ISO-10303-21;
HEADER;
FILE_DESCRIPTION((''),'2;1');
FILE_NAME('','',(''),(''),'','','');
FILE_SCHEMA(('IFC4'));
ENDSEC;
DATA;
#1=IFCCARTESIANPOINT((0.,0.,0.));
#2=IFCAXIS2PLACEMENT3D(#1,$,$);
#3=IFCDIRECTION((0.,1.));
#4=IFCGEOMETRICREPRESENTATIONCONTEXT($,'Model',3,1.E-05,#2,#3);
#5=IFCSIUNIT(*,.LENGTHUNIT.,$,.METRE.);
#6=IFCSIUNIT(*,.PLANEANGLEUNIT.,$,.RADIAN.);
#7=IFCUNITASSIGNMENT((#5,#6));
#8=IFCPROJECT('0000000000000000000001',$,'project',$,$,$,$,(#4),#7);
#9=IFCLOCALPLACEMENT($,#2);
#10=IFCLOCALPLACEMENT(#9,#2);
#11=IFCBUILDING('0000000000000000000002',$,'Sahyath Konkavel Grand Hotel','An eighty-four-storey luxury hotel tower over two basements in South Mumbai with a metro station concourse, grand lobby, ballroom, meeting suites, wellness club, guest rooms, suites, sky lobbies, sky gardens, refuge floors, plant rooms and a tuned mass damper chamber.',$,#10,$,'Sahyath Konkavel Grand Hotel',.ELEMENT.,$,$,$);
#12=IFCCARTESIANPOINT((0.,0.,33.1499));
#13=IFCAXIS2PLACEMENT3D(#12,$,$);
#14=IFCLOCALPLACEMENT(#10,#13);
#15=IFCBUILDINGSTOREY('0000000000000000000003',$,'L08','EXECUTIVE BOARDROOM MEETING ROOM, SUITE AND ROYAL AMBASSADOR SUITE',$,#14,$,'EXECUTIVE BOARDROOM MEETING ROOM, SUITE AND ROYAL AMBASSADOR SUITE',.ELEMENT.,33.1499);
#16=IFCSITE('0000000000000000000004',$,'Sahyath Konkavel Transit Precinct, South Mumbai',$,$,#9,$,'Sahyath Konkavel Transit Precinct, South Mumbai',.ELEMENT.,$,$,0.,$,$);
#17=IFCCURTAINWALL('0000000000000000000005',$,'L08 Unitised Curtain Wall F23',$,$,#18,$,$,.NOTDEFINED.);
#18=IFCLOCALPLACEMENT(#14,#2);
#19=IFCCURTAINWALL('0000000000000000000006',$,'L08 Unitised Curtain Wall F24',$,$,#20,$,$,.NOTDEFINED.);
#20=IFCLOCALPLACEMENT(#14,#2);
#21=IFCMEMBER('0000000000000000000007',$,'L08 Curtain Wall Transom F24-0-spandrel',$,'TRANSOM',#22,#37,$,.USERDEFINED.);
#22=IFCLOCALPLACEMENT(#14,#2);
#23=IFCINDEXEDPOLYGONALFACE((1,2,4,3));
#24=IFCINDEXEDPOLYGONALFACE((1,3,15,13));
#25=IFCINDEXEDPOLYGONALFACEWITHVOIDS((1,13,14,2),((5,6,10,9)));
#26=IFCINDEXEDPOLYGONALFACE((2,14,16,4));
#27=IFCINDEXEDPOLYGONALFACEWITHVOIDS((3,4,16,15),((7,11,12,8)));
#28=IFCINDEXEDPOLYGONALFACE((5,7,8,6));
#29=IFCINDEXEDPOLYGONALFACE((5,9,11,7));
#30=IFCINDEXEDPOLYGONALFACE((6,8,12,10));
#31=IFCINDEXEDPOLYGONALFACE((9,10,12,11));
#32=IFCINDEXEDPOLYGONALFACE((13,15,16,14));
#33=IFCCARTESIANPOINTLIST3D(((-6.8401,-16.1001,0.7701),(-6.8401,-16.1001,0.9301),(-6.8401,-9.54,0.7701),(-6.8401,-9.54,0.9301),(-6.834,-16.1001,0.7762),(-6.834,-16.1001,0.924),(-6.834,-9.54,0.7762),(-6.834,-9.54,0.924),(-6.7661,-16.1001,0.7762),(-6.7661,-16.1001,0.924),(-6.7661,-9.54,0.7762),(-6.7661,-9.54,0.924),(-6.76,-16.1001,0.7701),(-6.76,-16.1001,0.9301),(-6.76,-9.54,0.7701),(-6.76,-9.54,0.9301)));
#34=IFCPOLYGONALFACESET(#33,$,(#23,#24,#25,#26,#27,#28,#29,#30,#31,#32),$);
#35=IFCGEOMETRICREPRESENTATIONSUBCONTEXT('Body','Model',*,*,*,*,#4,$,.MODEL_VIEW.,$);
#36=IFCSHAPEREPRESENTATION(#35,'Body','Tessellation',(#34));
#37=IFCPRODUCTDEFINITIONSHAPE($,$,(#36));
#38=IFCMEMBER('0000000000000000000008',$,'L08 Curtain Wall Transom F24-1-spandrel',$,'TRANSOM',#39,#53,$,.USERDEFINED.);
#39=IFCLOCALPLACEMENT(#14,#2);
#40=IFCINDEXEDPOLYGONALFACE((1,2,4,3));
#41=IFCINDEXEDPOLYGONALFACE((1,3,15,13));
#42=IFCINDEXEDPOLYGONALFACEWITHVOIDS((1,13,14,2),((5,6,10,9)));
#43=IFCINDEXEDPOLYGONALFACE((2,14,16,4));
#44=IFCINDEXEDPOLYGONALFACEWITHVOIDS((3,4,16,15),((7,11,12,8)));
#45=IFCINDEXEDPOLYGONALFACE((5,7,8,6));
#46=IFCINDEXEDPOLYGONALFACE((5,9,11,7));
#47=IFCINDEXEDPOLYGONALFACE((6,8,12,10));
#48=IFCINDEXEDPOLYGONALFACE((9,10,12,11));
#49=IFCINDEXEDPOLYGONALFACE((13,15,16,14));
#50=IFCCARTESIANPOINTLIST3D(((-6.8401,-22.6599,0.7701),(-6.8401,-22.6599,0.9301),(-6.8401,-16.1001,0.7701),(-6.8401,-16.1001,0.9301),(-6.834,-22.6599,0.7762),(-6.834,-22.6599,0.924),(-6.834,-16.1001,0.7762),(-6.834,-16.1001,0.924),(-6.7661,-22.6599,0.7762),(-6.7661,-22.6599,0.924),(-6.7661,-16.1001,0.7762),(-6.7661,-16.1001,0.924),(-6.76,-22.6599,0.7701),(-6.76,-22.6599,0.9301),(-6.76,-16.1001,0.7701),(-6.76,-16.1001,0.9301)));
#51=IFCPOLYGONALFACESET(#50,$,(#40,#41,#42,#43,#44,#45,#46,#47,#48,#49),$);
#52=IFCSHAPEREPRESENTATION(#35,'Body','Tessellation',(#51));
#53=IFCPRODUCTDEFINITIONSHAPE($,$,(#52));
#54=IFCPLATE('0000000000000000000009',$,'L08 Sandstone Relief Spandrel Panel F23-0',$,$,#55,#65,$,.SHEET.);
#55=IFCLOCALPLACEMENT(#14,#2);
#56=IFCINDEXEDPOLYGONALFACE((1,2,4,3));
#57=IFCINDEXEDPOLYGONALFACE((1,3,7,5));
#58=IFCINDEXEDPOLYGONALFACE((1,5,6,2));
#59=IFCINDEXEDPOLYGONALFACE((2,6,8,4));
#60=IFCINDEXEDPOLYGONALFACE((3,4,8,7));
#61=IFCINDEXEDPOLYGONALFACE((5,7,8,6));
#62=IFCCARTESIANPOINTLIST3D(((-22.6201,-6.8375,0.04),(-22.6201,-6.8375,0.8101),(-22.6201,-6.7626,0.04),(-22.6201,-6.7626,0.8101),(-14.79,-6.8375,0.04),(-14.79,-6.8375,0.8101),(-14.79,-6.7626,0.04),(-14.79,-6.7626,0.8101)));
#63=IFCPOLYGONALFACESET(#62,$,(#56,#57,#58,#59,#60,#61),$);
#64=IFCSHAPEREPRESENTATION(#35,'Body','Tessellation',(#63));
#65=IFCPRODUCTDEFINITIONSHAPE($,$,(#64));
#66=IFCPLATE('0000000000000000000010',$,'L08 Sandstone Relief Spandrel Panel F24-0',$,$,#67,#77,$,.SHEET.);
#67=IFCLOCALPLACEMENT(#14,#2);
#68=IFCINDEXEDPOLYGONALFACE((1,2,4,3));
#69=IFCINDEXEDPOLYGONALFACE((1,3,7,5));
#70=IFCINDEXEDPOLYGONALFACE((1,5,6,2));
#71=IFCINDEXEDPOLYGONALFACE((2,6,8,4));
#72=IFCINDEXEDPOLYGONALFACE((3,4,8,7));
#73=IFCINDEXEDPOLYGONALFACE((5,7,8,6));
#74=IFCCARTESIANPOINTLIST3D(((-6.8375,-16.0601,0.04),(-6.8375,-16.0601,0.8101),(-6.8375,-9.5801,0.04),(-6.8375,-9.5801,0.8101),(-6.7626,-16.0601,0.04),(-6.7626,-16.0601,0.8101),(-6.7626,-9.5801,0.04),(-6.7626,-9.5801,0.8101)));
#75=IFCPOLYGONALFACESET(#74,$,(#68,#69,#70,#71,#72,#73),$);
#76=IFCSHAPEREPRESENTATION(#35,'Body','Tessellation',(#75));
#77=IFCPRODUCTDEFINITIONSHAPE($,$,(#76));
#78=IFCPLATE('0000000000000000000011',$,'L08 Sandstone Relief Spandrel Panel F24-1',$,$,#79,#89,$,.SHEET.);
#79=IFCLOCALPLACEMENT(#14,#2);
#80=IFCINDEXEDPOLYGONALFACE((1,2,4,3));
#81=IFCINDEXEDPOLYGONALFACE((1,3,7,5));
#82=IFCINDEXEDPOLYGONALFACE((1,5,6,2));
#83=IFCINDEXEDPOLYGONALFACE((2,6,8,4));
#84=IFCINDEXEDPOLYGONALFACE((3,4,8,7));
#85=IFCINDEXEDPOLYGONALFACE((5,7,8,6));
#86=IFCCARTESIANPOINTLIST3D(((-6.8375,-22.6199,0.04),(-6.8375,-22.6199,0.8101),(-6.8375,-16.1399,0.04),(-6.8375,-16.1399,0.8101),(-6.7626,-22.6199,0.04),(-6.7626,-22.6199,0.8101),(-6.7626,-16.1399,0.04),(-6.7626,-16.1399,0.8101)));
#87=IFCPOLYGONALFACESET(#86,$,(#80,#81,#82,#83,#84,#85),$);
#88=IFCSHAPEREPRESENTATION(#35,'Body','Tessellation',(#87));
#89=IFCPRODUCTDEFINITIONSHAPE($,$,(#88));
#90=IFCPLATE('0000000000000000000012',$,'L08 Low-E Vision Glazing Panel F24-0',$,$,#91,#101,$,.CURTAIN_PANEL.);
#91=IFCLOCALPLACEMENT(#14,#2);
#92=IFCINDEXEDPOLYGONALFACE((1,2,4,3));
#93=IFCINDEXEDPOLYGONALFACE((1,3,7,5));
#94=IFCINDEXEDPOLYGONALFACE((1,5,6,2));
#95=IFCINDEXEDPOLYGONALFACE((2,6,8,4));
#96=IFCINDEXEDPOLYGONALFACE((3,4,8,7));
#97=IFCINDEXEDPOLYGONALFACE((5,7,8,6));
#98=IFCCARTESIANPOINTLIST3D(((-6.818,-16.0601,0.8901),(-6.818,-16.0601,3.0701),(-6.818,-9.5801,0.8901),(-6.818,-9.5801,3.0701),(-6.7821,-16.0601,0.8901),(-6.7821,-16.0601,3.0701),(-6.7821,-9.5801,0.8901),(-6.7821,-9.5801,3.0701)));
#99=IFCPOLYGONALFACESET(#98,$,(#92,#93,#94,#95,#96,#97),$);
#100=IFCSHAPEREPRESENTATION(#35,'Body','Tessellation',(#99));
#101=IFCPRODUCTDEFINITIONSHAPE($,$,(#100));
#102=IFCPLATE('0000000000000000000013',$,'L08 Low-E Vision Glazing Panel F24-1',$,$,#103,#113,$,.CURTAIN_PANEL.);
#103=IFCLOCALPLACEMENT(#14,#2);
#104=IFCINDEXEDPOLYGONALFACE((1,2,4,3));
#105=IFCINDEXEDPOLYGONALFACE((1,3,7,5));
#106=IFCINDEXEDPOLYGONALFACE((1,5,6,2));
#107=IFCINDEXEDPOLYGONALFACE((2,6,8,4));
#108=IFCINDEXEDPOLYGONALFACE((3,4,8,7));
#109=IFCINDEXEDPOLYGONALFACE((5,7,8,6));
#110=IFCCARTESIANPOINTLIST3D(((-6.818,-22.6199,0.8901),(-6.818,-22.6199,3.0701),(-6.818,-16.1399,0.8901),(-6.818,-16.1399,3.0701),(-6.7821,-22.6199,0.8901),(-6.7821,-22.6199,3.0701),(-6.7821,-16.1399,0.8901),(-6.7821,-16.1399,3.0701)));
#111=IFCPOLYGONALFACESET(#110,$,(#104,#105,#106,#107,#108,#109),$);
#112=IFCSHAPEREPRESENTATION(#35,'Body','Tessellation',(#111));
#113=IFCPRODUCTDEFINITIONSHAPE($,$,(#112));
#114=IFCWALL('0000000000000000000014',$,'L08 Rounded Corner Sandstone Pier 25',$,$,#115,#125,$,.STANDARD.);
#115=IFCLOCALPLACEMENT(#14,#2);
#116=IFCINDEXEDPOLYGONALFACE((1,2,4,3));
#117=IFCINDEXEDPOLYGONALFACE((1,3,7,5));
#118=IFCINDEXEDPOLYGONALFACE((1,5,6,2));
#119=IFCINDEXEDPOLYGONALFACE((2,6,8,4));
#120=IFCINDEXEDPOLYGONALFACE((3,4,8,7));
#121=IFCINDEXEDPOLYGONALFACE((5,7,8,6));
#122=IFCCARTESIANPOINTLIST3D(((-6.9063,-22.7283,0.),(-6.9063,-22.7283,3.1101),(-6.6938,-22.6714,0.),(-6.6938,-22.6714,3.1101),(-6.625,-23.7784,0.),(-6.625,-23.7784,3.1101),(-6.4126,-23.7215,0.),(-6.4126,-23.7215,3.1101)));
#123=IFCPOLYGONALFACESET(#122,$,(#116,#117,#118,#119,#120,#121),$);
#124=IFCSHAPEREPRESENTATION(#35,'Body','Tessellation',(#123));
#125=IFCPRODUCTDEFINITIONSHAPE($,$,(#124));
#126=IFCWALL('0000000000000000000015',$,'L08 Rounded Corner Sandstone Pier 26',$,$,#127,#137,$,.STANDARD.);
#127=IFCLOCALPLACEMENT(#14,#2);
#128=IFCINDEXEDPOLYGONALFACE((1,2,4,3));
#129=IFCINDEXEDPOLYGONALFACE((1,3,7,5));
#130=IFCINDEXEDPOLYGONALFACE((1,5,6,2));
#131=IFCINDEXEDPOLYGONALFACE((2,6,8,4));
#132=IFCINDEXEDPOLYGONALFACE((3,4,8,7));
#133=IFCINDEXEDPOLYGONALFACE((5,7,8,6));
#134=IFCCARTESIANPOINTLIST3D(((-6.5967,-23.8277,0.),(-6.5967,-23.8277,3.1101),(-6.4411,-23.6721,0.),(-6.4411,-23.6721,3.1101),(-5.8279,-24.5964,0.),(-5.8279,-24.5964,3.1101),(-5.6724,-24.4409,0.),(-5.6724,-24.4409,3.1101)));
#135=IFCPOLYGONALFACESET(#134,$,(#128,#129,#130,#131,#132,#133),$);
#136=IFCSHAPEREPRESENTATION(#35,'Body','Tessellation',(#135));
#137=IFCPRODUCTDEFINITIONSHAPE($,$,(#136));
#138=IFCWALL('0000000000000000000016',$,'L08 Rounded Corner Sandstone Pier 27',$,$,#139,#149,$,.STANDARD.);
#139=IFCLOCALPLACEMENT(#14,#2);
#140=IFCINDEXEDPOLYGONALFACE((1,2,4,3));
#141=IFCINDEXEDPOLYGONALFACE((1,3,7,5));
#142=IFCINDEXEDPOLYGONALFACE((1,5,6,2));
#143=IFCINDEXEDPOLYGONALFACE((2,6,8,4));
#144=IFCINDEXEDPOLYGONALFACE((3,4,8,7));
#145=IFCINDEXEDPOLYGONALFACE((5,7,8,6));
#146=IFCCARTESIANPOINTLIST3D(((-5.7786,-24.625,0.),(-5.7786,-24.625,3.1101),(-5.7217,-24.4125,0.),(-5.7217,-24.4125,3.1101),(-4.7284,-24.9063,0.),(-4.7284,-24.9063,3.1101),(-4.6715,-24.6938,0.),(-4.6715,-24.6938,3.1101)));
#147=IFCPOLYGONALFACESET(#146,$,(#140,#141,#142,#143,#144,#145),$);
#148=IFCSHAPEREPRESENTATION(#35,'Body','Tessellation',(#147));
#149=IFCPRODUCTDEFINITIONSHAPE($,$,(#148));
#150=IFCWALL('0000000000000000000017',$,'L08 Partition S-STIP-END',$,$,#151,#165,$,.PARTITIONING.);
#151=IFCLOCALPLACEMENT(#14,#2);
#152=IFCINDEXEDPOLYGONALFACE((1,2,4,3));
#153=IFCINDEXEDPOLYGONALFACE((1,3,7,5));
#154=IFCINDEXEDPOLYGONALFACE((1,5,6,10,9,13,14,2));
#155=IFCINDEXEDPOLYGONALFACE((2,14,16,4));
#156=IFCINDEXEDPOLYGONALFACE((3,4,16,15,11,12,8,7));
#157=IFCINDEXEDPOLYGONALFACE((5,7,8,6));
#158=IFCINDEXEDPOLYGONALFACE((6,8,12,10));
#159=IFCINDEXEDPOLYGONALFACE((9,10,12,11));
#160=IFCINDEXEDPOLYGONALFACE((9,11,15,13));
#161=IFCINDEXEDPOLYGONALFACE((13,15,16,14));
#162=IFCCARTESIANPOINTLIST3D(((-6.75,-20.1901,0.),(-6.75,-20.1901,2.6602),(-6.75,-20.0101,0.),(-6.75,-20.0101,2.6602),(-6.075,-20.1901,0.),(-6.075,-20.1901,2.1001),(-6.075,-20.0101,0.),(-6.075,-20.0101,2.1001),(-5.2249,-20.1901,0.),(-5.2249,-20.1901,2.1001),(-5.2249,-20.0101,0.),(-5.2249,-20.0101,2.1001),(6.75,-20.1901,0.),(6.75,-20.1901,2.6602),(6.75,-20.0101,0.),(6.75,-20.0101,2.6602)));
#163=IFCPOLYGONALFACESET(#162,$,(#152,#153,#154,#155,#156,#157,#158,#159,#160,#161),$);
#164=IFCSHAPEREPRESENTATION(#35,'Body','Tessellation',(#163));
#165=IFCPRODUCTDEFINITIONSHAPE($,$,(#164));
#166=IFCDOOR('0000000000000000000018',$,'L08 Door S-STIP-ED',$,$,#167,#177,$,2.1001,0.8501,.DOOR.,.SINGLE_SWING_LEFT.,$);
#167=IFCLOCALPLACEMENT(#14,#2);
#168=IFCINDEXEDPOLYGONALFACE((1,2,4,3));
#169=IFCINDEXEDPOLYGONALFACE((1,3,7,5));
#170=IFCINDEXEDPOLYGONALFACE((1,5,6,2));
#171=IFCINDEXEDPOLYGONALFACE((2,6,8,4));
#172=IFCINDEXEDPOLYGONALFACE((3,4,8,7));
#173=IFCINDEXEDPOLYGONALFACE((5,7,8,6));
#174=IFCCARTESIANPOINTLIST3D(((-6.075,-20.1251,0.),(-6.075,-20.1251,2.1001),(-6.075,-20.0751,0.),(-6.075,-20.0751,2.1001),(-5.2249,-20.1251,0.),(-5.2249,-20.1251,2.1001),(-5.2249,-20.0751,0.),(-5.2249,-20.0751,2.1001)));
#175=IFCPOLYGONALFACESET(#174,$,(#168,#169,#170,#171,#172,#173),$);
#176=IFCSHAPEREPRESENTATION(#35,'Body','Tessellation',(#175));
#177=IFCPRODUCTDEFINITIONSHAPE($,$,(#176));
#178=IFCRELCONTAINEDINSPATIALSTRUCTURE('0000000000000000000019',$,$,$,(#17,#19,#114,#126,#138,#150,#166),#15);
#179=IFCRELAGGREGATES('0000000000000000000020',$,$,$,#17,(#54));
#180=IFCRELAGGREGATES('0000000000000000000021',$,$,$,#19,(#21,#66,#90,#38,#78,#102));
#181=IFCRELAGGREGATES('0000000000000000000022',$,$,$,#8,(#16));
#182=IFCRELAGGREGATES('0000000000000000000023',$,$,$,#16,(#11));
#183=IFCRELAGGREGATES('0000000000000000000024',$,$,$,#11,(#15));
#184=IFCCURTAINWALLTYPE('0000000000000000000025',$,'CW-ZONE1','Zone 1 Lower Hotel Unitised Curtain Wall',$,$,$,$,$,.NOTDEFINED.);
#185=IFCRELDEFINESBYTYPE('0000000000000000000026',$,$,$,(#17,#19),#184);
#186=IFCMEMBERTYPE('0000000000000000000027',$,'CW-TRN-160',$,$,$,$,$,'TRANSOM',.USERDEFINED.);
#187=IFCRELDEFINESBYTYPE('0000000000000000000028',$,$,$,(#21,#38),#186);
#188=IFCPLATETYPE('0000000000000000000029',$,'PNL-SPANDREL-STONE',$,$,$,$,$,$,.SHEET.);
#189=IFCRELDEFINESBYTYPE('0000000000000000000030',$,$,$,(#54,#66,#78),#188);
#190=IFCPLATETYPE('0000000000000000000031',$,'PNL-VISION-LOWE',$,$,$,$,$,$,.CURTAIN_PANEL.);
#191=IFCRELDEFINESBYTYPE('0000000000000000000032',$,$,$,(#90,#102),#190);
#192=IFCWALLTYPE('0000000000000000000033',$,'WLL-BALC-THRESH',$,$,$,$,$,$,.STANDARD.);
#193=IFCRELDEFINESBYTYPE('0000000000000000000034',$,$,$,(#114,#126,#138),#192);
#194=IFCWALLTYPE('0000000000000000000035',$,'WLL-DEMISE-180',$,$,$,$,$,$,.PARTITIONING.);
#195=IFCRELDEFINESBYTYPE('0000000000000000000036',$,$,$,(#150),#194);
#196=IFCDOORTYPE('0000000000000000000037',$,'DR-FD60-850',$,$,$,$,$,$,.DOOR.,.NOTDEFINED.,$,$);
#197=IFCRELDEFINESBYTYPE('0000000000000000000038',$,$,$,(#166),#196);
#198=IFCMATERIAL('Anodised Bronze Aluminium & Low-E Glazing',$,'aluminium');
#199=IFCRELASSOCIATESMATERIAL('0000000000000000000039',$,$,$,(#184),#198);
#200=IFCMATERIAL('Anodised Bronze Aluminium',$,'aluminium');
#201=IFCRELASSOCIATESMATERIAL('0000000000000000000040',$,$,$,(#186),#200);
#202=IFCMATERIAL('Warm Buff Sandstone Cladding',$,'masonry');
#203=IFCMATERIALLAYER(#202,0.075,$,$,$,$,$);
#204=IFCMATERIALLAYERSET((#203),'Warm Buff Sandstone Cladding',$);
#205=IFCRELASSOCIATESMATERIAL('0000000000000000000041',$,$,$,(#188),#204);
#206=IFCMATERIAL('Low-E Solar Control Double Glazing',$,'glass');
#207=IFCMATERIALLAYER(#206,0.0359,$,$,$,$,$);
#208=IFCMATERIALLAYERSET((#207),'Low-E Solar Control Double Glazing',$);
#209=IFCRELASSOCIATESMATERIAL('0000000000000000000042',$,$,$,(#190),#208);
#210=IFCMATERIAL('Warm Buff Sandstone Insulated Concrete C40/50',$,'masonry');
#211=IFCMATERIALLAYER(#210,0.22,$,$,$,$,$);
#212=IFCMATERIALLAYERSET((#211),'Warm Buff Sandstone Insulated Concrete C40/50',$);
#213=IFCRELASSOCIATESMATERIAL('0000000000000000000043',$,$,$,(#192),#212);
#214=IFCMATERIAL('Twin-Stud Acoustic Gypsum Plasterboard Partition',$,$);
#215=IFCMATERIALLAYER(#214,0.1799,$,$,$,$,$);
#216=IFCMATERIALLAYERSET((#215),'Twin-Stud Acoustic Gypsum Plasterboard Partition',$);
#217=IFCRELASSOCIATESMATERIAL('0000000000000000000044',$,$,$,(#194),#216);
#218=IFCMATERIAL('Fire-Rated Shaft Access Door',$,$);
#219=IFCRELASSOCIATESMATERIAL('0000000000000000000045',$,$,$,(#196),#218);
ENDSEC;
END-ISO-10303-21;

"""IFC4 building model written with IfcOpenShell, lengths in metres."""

from ifc_helpers import new_model, si_unit, direction, frame, frame_2d, origin, origin_2d, place, context, subcontext, project, spatial, rectangle, hollow_rectangle, extrude, source, transform, mapped, material, layer, layer_set, material_profile, profile_set, type_object, element, fill, aggregate, save


model = new_model("IFC4")

# Units and contexts
model_context = context("Model", 3, precision=1e-05, world=origin(), true_north=direction((0.0, 1.0)))
body_context = subcontext(model_context, "Body", "Model", "MODEL_VIEW")
ifc_project = project(units=[si_unit("LENGTHUNIT", "METRE"), si_unit("PLANEANGLEUNIT", "RADIAN")], contexts=[model_context])

# Site, building, storey
site_placement = place(None, origin())
site = spatial("IfcSite", under=ifc_project, at=site_placement, Name="Sahyath Konkavel Transit Precinct, South Mumbai", LongName="Sahyath Konkavel Transit Precinct, South Mumbai", CompositionType="ELEMENT", RefElevation=0.0)
building_placement = place(site_placement, origin())
building = spatial("IfcBuilding", under=site, at=building_placement, Name="Sahyath Konkavel Grand Hotel", Description="An eighty-four-storey luxury hotel tower over two basements in South Mumbai with a metro station concourse, grand lobby, ballroom, meeting suites, wellness club, guest rooms, suites, sky lobbies, sky gardens, refuge floors, plant rooms and a tuned mass damper chamber.", LongName="Sahyath Konkavel Grand Hotel", CompositionType="ELEMENT")
storey_placement = place(building_placement, frame((0.0, 0.0, 33.1499)))
storey = spatial("IfcBuildingStorey", under=building, at=storey_placement, Name="L08", Description="EXECUTIVE BOARDROOM MEETING ROOM, SUITE AND ROYAL AMBASSADOR SUITE", LongName="EXECUTIVE BOARDROOM MEETING ROOM, SUITE AND ROYAL AMBASSADOR SUITE", CompositionType="ELEMENT", Elevation=33.1499)

# Curtain walls
ifc_material_1 = material(Name="Anodised Bronze Aluminium & Low-E Glazing", Category="aluminium")
curtain_wall_type = type_object("IfcCurtainWallType", Name="CW-ZONE1", Description="Zone 1 Lower Hotel Unitised Curtain Wall", PredefinedType="NOTDEFINED", material=ifc_material_1)
curtain_wall_1_placement = place(storey_placement, origin())
curtain_wall_1 = element("IfcCurtainWall", 1, at=curtain_wall_1_placement, inside=storey, type_object=curtain_wall_type, Name="L08 Unitised Curtain Wall F23", PredefinedType="NOTDEFINED")
curtain_wall_2_placement = place(storey_placement, origin())
curtain_wall_2 = element("IfcCurtainWall", 2, at=curtain_wall_2_placement, inside=storey, type_object=curtain_wall_type, Name="L08 Unitised Curtain Wall F24", PredefinedType="NOTDEFINED")

# Members
ifc_material_2 = material(Name="Anodised Bronze Aluminium", Category="aluminium")
ifc_material_profile_1 = material_profile(ifc_material_2, hollow_rectangle(XDim=0.0801, YDim=0.1599, WallThickness=0.0061, at=origin_2d()), Name="RHS 160x80x6")
ifc_profile_set_1 = profile_set([ifc_material_profile_1], Name="Anodised Bronze Aluminium")
member_type_1 = type_object("IfcMemberType", Name="CW-TRN-160", ElementType="TRANSOM", PredefinedType="USERDEFINED", material=ifc_profile_set_1)
shared_shape_1 = source(origin(), body_context, "Body", "SweptSolid", [
    extrude(hollow_rectangle(XDim=0.0801, YDim=0.1599, WallThickness=0.0061, at=origin_2d()), origin(), (0.0, 0.0, 1.0), 6.5601),
])
member_1_placement = place(storey_placement, frame((-6.8, -9.54, 0.8501), z_axis=(0.0, -1.0, 0.0), x_axis=(1.0, 0.0, 0.0)))
member_1 = element("IfcMember", 3, at=member_1_placement, type_object=member_type_1, Name="L08 Curtain Wall Transom F24-0-spandrel", ObjectType="TRANSOM", PredefinedType="USERDEFINED", context=body_context, shape_type="MappedRepresentation", body=[
    mapped(shared_shape_1, transform((0.0, 0.0, 0.0), scale=1.0)),
])
shared_shape_2 = source(origin(), body_context, "Body", "SweptSolid", [
    extrude(hollow_rectangle(XDim=0.0801, YDim=0.1599, WallThickness=0.0061, at=origin_2d()), origin(), (0.0, 0.0, 1.0), 6.5598),
])
member_2_placement = place(storey_placement, frame((-6.8, -16.1001, 0.8501), z_axis=(0.0, -1.0, 0.0), x_axis=(1.0, 0.0, 0.0)))
member_2 = element("IfcMember", 4, at=member_2_placement, type_object=member_type_1, Name="L08 Curtain Wall Transom F24-1-spandrel", ObjectType="TRANSOM", PredefinedType="USERDEFINED", context=body_context, shape_type="MappedRepresentation", body=[
    mapped(shared_shape_2, transform((0.0, 0.0, 0.0), scale=1.0)),
])

# Plates
ifc_material_3 = material(Name="Warm Buff Sandstone Cladding", Category="masonry")
ifc_layer_1 = layer(ifc_material_3, 0.075)
ifc_layer_set_1 = layer_set([ifc_layer_1], Name="Warm Buff Sandstone Cladding")
plate_type_1 = type_object("IfcPlateType", Name="PNL-SPANDREL-STONE", PredefinedType="SHEET", material=ifc_layer_set_1)
shared_shape_3 = source(origin(), body_context, "Body", "SweptSolid", [
    extrude(rectangle(XDim=7.8301, YDim=0.075, at=origin_2d()), origin(), (0.0, 0.0, 1.0), 0.77),
])
plate_1_placement = place(storey_placement, frame((-18.7051, -6.8, 0.04), z_axis=(0.0, 0.0, 1.0), x_axis=(1.0, 0.0, 0.0)))
plate_1 = element("IfcPlate", 5, at=plate_1_placement, type_object=plate_type_1, Name="L08 Sandstone Relief Spandrel Panel F23-0", PredefinedType="SHEET", context=body_context, shape_type="MappedRepresentation", body=[
    mapped(shared_shape_3, transform((0.0, 0.0, 0.0), scale=1.0)),
])
aggregate(curtain_wall_1, [plate_1])
shared_shape_4 = source(origin(), body_context, "Body", "SweptSolid", [
    extrude(rectangle(XDim=6.48, YDim=0.075, at=origin_2d()), origin(), (0.0, 0.0, 1.0), 0.77),
])
plate_2_placement = place(storey_placement, frame((-6.8, -12.8201, 0.04), z_axis=(0.0, 0.0, 1.0), x_axis=(0.0, -1.0, 0.0)))
plate_2 = element("IfcPlate", 6, at=plate_2_placement, type_object=plate_type_1, Name="L08 Sandstone Relief Spandrel Panel F24-0", PredefinedType="SHEET", context=body_context, shape_type="MappedRepresentation", body=[
    mapped(shared_shape_4, transform((0.0, 0.0, 0.0), scale=1.0)),
])
plate_3_placement = place(storey_placement, frame((-6.8, -19.3799, 0.04), z_axis=(0.0, 0.0, 1.0), x_axis=(0.0, -1.0, 0.0)))
plate_3 = element("IfcPlate", 7, at=plate_3_placement, type_object=plate_type_1, Name="L08 Sandstone Relief Spandrel Panel F24-1", PredefinedType="SHEET", context=body_context, shape_type="MappedRepresentation", body=[
    mapped(shared_shape_4, transform((0.0, 0.0, 0.0), scale=1.0)),
])
ifc_material_4 = material(Name="Low-E Solar Control Double Glazing", Category="glass")
ifc_layer_2 = layer(ifc_material_4, 0.0359)
ifc_layer_set_2 = layer_set([ifc_layer_2], Name="Low-E Solar Control Double Glazing")
plate_type_2 = type_object("IfcPlateType", Name="PNL-VISION-LOWE", PredefinedType="CURTAIN_PANEL", material=ifc_layer_set_2)
shared_shape_5 = source(origin(), body_context, "Body", "SweptSolid", [
    extrude(rectangle(XDim=6.48, YDim=0.0359, at=origin_2d()), origin(), (0.0, 0.0, 1.0), 2.1799),
])
plate_4_placement = place(storey_placement, frame((-6.8, -12.8201, 0.8901), z_axis=(0.0, 0.0, 1.0), x_axis=(0.0, -1.0, 0.0)))
plate_4 = element("IfcPlate", 8, at=plate_4_placement, type_object=plate_type_2, Name="L08 Low-E Vision Glazing Panel F24-0", PredefinedType="CURTAIN_PANEL", context=body_context, shape_type="MappedRepresentation", body=[
    mapped(shared_shape_5, transform((0.0, 0.0, 0.0), scale=1.0)),
])
plate_5_placement = place(storey_placement, frame((-6.8, -19.3799, 0.8901), z_axis=(0.0, 0.0, 1.0), x_axis=(0.0, -1.0, 0.0)))
plate_5 = element("IfcPlate", 9, at=plate_5_placement, type_object=plate_type_2, Name="L08 Low-E Vision Glazing Panel F24-1", PredefinedType="CURTAIN_PANEL", context=body_context, shape_type="MappedRepresentation", body=[
    mapped(shared_shape_5, transform((0.0, 0.0, 0.0), scale=1.0)),
])
aggregate(curtain_wall_2, [member_1, plate_2, plate_4, member_2, plate_3, plate_5])

# Walls
ifc_material_5 = material(Name="Warm Buff Sandstone Insulated Concrete C40/50", Category="masonry")
ifc_layer_3 = layer(ifc_material_5, 0.22)
ifc_layer_set_3 = layer_set([ifc_layer_3], Name="Warm Buff Sandstone Insulated Concrete C40/50")
wall_type_1 = type_object("IfcWallType", Name="WLL-BALC-THRESH", PredefinedType="STANDARD", material=ifc_layer_set_3)
for number, where, z_axis, x_axis, name in (
    (10, (-6.8, -22.7, 0.0), (0.0, 0.0, 1.0), (0.258725, -0.965951, 0.0), "L08 Rounded Corner Sandstone Pier 25"),
    (11, (-6.5188, -23.75, 0.0), (0.0, 0.0, 1.0), (0.707107, -0.707107, 0.0), "L08 Rounded Corner Sandstone Pier 26"),
    (12, (-5.75, -24.5188, 0.0), (0.0, 0.0, 1.0), (0.965951, -0.258725, 0.0), "L08 Rounded Corner Sandstone Pier 27"),
):
    element("IfcWall", number, at=place(storey_placement, frame(where, z_axis=z_axis, x_axis=x_axis)), inside=storey, type_object=wall_type_1, Name=name, PredefinedType="STANDARD", context=body_context, shape_type="SweptSolid", body=[
        extrude(rectangle(XDim=1.0872, YDim=0.22, at=frame_2d((0.5435, 0.0))), origin(), (0.0, 0.0, 1.0), 3.1101),
    ])

# Wall, opening, door
ifc_material_6 = material(Name="Twin-Stud Acoustic Gypsum Plasterboard Partition")
ifc_layer_4 = layer(ifc_material_6, 0.1799)
ifc_layer_set_4 = layer_set([ifc_layer_4], Name="Twin-Stud Acoustic Gypsum Plasterboard Partition")
wall_type_2 = type_object("IfcWallType", Name="WLL-DEMISE-180", PredefinedType="PARTITIONING", material=ifc_layer_set_4)
wall_placement = place(storey_placement, frame((-6.75, -20.1001, 0.0), z_axis=(0.0, 0.0, 1.0), x_axis=(1.0, 0.0, 0.0)))
wall = element("IfcWall", 13, at=wall_placement, inside=storey, type_object=wall_type_2, Name="L08 Partition S-STIP-END", PredefinedType="PARTITIONING", context=body_context, shape_type="SweptSolid", body=[
    extrude(rectangle(XDim=13.5, YDim=0.1799, at=frame_2d((6.75, 0.0))), origin(), (0.0, 0.0, 1.0), 2.6602),
])
opening_placement = place(wall_placement, frame((0.675, 0.0, 0.0)))
opening = element("IfcOpeningElement", 14, at=opening_placement, cuts=wall, PredefinedType="OPENING", context=body_context, shape_type="SweptSolid", body=[
    extrude(rectangle(XDim=0.8501, YDim=2.1001, at=frame_2d((0.425, 1.05))), frame((0.0, 0.1001, 0.0), z_axis=(0.0, -1.0, 0.0), x_axis=(1.0, 0.0, 0.0)), (0.0, 0.0, 1.0), 0.2),
])
ifc_material_7 = material(Name="Fire-Rated Shaft Access Door")
door_type = type_object("IfcDoorType", Name="DR-FD60-850", OperationType="NOTDEFINED", PredefinedType="DOOR", material=ifc_material_7)
shared_shape_6 = source(origin(), body_context, "Body", "SweptSolid", [
    extrude(rectangle(XDim=0.8501, YDim=0.05, at=origin_2d()), origin(), (0.0, 0.0, 1.0), 2.1001),
])
door_placement = place(opening_placement, frame((0.425, 0.0, 0.0)))
door = element("IfcDoor", 15, at=door_placement, inside=storey, type_object=door_type, Name="L08 Door S-STIP-ED", OperationType="SINGLE_SWING_LEFT", OverallHeight=2.1001, OverallWidth=0.8501, PredefinedType="DOOR", context=body_context, shape_type="MappedRepresentation", body=[
    mapped(shared_shape_6, transform((0.0, 0.0, 0.0), scale=1.0)),
])
fill(opening, door)

save(model, "model.ifc")
